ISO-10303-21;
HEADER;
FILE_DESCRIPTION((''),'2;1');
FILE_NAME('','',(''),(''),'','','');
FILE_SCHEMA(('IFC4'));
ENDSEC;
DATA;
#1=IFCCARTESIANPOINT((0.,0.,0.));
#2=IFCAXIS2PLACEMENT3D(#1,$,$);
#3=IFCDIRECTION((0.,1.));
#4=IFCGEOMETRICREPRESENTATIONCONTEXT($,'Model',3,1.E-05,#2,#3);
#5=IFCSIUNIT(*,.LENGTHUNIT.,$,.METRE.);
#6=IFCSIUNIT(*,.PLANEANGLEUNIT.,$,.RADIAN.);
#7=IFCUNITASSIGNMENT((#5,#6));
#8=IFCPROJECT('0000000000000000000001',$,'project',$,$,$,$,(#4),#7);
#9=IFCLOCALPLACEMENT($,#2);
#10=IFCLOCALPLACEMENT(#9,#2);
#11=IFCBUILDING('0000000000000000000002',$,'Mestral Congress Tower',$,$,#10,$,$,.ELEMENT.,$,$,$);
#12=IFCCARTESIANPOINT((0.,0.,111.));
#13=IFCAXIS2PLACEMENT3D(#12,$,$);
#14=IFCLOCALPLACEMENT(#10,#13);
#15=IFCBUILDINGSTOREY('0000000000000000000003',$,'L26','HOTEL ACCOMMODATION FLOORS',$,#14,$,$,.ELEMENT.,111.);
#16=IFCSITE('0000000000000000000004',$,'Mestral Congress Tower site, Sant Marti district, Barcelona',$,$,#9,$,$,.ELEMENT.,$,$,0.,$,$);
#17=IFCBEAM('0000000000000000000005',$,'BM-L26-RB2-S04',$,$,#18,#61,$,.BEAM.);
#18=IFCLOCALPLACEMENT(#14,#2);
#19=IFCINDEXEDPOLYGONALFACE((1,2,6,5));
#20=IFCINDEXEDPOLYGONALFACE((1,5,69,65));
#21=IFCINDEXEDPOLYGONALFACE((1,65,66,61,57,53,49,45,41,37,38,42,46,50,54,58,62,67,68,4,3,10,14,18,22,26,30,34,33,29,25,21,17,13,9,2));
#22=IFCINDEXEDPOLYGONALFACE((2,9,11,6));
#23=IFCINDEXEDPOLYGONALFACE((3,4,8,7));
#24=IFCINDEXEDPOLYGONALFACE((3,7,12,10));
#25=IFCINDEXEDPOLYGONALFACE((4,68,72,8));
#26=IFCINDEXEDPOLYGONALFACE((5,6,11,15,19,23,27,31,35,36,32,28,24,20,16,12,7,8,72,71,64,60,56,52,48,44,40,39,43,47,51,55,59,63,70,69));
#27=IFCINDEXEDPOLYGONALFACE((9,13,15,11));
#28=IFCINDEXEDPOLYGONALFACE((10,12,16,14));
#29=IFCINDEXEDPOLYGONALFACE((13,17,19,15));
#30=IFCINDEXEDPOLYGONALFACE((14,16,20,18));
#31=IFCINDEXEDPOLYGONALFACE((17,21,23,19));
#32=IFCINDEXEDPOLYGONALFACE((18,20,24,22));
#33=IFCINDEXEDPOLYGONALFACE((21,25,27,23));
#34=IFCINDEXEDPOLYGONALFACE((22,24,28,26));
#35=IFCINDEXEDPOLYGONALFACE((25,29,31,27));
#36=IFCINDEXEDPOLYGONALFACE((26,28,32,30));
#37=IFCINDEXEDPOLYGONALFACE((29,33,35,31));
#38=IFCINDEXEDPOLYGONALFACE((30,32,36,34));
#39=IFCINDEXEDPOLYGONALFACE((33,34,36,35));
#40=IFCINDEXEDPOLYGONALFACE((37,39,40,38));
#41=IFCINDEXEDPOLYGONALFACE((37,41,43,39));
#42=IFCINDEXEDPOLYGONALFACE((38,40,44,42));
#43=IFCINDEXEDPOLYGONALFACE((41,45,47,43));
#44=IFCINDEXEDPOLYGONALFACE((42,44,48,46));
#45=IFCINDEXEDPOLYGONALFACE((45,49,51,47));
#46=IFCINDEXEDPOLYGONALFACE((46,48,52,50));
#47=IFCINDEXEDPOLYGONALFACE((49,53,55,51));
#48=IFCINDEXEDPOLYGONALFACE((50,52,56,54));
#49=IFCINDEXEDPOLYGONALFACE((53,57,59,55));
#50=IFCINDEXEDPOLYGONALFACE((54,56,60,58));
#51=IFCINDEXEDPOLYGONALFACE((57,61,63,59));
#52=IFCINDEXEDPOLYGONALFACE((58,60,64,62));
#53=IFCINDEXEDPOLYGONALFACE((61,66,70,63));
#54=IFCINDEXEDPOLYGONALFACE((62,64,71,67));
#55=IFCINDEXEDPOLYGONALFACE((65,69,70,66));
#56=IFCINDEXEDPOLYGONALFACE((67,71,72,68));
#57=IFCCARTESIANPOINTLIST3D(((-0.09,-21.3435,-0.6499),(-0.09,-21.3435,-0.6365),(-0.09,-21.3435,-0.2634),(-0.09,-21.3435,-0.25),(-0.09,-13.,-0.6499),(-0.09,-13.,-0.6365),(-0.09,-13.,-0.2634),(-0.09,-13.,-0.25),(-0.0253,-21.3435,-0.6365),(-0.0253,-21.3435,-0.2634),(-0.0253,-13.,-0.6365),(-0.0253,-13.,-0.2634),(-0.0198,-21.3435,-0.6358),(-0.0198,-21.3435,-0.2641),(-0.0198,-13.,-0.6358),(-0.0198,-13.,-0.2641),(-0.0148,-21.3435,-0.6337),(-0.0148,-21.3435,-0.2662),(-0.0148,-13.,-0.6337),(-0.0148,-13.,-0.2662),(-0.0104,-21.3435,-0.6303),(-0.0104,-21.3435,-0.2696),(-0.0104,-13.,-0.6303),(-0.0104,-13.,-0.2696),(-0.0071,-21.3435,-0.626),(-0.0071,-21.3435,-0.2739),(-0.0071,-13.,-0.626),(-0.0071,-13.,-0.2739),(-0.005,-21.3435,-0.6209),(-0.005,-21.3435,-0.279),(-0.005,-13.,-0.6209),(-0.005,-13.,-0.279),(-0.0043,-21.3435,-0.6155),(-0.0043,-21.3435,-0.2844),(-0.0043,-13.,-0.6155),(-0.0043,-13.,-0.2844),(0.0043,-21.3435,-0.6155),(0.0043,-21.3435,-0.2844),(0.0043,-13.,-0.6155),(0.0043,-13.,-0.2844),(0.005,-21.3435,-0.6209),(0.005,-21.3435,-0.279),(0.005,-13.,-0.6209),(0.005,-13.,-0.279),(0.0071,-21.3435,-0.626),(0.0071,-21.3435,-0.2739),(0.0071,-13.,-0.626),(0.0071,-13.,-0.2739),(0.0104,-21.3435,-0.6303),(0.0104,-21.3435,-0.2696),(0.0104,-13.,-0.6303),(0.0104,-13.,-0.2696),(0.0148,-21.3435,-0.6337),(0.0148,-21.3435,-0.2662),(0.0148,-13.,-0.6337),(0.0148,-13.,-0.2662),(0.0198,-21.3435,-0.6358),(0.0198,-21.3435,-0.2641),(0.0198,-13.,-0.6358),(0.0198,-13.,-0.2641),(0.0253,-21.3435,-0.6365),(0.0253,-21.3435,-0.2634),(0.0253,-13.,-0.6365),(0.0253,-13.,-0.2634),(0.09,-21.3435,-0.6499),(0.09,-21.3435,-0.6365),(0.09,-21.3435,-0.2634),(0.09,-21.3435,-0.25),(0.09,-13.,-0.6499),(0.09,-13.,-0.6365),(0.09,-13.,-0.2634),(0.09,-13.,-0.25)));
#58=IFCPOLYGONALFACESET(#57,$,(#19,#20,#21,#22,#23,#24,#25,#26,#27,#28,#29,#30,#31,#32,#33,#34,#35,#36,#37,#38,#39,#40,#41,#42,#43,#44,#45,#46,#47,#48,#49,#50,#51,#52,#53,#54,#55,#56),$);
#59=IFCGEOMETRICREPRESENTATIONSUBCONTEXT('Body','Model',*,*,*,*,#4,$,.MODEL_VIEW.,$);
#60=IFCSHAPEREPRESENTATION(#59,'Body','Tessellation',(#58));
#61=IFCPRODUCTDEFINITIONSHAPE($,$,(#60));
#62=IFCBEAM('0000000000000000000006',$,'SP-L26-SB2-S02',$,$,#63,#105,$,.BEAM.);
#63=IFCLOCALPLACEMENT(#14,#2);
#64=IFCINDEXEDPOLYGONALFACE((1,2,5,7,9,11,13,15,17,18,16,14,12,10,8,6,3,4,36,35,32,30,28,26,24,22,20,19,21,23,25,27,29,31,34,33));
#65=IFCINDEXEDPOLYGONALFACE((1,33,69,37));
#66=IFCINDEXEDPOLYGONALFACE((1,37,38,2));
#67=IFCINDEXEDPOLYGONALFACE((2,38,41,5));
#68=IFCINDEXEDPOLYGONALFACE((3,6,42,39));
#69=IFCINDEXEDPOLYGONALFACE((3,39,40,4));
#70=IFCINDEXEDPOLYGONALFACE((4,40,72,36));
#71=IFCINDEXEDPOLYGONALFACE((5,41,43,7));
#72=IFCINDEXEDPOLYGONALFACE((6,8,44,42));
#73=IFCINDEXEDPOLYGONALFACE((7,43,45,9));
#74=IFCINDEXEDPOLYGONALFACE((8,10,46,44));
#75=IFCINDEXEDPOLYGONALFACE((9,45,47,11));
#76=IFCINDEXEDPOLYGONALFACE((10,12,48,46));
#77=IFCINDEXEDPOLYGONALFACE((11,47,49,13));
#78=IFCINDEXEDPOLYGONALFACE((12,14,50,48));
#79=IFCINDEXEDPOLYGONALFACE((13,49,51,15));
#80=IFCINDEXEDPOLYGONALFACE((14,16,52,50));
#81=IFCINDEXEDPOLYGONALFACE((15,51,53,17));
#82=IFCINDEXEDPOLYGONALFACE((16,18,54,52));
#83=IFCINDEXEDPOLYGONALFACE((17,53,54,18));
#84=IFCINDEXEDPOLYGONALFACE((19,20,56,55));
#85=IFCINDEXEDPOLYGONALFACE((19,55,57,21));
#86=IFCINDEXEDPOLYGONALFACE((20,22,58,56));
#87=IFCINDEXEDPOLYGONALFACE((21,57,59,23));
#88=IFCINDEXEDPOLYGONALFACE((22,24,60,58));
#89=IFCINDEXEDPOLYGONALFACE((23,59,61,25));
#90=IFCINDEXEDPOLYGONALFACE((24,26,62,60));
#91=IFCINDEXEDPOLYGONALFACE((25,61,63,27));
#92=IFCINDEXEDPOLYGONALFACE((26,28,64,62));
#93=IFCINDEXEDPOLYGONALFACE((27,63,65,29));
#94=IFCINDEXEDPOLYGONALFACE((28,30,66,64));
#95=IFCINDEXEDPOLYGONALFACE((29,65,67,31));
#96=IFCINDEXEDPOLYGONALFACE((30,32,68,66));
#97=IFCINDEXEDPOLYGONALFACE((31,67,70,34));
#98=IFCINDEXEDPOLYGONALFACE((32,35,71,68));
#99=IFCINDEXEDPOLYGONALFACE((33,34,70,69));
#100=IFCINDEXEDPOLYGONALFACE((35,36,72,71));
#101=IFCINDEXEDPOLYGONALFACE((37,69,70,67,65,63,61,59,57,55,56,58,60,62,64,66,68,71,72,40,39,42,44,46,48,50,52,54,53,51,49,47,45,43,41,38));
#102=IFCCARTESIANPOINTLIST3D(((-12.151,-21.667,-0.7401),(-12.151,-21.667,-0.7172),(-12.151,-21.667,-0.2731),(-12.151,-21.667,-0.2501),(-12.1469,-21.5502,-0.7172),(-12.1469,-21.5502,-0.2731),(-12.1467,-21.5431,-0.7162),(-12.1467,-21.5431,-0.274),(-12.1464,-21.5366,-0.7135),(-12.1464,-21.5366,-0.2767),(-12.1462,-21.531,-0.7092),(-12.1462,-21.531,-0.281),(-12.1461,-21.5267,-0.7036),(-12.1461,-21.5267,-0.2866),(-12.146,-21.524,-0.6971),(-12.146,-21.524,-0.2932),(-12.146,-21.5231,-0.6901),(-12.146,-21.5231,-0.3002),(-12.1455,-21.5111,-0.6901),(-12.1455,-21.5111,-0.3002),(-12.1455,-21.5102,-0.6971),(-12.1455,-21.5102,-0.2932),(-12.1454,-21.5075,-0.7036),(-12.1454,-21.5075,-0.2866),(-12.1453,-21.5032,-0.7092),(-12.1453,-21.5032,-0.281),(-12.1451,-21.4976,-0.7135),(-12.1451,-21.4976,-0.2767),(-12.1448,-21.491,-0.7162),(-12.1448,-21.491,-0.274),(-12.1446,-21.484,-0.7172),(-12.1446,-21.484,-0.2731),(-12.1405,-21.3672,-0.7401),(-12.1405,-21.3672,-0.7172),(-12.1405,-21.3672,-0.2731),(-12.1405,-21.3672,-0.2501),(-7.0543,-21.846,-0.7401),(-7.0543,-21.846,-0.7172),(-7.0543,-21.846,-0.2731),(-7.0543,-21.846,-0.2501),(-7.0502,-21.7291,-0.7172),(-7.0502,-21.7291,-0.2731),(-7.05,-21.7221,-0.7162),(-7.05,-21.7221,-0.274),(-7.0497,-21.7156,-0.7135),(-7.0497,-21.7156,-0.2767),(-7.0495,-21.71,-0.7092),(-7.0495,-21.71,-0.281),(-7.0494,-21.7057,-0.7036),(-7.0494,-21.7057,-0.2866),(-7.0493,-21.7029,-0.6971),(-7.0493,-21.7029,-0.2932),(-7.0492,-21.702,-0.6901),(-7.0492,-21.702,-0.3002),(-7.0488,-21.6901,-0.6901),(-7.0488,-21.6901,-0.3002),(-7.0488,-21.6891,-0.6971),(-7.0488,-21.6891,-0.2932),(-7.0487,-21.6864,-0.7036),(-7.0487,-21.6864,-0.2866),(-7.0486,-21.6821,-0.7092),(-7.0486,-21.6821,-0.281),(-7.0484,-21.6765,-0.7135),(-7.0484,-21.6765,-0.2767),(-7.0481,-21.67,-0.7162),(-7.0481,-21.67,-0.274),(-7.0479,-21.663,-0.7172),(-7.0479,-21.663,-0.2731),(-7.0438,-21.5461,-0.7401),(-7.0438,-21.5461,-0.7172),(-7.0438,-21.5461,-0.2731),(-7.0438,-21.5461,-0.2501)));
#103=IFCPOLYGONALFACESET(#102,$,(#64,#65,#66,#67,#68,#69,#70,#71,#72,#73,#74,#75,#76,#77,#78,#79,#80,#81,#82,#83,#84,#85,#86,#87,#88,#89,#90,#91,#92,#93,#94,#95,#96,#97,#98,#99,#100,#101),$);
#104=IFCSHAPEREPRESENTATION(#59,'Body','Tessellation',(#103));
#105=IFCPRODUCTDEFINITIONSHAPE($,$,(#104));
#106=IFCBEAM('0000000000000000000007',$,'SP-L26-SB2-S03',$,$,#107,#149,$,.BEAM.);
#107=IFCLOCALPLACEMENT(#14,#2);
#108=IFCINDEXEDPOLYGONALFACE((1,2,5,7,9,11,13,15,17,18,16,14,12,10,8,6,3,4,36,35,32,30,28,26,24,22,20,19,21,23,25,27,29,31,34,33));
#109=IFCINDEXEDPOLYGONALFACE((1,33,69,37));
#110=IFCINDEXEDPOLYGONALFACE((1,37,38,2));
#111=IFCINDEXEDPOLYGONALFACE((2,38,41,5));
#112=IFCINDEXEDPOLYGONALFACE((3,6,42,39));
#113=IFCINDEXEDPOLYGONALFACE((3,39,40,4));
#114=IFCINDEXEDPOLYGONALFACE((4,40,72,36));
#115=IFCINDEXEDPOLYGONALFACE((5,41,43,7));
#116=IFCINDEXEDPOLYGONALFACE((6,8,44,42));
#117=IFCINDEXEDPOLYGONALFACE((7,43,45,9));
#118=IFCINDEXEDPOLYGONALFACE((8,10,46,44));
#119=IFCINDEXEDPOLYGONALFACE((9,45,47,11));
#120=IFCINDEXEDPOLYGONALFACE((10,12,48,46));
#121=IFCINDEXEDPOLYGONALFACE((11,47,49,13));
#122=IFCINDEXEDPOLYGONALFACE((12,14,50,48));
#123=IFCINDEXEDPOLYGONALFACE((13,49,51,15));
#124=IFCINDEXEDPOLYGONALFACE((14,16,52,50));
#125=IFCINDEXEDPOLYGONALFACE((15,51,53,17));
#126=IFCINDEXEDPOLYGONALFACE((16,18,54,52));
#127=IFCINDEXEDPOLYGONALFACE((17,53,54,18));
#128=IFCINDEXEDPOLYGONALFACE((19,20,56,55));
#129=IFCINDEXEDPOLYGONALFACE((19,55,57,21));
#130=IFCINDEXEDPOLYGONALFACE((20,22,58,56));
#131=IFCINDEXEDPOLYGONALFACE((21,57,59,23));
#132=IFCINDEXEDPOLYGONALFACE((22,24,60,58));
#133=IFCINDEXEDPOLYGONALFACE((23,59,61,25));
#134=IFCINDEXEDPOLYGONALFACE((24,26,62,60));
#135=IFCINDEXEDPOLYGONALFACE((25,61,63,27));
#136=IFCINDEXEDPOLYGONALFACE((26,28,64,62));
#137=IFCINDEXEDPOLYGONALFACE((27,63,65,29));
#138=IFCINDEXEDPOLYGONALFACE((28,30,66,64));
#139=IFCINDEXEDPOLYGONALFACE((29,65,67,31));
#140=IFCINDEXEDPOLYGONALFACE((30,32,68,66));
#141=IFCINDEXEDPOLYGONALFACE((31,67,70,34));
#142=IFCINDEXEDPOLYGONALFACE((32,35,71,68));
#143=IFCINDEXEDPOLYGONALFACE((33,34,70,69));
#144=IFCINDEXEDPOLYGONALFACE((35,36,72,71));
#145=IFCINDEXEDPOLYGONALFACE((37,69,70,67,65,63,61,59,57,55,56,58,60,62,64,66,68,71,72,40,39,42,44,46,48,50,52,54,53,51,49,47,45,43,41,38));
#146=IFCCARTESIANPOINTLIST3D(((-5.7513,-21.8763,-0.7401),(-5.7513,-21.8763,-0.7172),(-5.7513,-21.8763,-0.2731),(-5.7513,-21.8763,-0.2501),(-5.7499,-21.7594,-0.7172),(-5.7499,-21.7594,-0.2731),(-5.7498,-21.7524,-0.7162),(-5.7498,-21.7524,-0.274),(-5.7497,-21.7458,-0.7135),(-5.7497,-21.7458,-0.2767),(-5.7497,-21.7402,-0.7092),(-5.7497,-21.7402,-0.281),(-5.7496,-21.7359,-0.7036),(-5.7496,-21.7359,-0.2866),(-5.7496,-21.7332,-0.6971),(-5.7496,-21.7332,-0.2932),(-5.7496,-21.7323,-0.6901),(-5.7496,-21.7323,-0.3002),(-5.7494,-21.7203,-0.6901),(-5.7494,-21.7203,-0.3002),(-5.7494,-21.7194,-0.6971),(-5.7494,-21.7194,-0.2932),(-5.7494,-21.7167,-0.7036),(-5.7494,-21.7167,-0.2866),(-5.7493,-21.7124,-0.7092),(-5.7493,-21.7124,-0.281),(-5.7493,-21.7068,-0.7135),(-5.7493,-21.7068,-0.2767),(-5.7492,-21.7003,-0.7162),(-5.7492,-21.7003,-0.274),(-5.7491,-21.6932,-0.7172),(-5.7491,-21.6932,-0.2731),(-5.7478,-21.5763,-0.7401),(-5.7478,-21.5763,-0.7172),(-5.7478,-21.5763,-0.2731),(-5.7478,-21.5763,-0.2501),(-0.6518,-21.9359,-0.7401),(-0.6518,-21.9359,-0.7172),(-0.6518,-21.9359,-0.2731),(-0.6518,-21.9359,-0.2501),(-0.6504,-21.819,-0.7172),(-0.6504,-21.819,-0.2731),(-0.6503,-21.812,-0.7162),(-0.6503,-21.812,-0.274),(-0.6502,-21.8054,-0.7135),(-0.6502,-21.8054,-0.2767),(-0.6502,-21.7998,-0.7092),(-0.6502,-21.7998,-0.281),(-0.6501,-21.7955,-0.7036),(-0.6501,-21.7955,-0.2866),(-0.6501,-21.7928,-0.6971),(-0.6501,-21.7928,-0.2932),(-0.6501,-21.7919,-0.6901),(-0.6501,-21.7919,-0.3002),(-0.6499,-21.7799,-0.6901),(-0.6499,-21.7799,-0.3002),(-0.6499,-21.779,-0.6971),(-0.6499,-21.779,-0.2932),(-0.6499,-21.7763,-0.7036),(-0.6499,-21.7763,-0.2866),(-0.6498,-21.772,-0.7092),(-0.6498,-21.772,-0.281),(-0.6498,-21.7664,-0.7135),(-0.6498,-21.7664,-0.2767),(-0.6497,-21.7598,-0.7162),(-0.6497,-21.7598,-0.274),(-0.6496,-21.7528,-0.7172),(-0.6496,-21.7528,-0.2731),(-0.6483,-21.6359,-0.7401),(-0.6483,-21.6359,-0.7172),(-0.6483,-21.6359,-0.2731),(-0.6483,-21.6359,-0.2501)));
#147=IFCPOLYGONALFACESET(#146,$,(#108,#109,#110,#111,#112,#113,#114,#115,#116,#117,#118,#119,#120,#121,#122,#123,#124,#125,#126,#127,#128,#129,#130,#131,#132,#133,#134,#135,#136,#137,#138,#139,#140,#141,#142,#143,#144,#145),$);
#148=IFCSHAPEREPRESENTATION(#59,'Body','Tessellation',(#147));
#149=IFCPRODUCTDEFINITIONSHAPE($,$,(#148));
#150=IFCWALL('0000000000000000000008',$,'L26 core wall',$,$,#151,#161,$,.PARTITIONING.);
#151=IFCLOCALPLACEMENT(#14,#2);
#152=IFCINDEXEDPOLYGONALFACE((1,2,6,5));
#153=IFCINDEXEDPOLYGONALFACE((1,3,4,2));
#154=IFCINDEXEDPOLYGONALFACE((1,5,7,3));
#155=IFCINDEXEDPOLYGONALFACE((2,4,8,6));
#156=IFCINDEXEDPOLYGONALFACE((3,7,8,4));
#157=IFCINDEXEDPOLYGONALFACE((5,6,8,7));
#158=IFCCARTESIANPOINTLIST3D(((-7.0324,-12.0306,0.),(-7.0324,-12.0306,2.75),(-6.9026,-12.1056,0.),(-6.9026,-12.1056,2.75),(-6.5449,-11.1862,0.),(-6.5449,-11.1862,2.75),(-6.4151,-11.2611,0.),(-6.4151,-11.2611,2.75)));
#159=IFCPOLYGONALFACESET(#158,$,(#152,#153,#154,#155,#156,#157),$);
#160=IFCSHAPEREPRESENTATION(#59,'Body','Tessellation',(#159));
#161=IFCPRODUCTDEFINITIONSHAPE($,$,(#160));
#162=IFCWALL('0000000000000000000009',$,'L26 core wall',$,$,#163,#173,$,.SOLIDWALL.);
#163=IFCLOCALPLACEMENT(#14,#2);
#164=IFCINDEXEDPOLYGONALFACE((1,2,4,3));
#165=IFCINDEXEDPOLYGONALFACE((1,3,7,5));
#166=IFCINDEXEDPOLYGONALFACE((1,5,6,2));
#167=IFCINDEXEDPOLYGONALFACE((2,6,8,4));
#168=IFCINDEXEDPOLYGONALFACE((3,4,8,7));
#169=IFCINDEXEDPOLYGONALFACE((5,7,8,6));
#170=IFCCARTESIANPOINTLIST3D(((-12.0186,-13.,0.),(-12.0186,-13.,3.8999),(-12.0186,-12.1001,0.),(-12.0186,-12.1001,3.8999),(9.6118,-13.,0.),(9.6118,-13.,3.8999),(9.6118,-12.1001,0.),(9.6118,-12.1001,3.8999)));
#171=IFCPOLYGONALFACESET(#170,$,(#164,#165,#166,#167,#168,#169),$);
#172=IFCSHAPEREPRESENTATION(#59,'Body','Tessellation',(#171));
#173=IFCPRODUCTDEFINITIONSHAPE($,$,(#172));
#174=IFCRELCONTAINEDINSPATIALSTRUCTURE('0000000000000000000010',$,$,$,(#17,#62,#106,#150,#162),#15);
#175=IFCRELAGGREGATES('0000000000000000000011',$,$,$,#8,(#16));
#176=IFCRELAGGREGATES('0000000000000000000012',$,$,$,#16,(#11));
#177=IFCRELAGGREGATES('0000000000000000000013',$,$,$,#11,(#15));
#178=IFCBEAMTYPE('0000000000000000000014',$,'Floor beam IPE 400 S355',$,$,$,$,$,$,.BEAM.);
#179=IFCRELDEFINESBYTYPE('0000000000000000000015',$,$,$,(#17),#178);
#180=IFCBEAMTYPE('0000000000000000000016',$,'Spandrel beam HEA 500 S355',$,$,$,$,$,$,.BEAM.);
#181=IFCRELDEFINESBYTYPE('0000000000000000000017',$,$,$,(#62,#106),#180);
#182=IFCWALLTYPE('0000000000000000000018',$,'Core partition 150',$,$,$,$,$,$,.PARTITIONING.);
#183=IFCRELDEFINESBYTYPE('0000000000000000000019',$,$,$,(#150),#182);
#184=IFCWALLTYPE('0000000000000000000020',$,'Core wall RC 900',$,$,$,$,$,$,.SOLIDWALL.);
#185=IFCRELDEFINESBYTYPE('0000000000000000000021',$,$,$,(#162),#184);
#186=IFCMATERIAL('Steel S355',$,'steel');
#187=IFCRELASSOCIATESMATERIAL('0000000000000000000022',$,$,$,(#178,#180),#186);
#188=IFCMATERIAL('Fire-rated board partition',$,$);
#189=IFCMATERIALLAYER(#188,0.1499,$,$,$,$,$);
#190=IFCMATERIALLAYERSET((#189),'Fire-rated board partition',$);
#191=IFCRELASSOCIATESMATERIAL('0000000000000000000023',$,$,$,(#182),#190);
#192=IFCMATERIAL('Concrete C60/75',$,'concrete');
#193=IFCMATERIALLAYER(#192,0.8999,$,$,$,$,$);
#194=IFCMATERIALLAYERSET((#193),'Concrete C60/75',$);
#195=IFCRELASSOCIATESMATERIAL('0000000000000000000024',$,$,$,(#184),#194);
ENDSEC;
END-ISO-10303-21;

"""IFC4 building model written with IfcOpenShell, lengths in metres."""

from ifc_helpers import new_model, si_unit, direction, frame, frame_2d, origin, origin_2d, place, context, subcontext, project, spatial, rectangle, i_section, extrude, material, layer, layer_set, material_profile, profile_set, type_object, element, save


model = new_model("IFC4")

# Units and contexts
model_context = context("Model", 3, precision=1e-05, world=origin(), true_north=direction((0.0, 1.0)))
body_context = subcontext(model_context, "Body", "Model", "MODEL_VIEW")
ifc_project = project(units=[si_unit("LENGTHUNIT", "METRE"), si_unit("PLANEANGLEUNIT", "RADIAN")], contexts=[model_context])

# Site, building, storey
site_placement = place(None, origin())
site = spatial("IfcSite", under=ifc_project, at=site_placement, Name="Mestral Congress Tower site, Sant Marti district, Barcelona", CompositionType="ELEMENT", RefElevation=0.0)
building_placement = place(site_placement, origin())
building = spatial("IfcBuilding", under=site, at=building_placement, Name="Mestral Congress Tower", CompositionType="ELEMENT")
storey_placement = place(building_placement, frame((0.0, 0.0, 111.0)))
storey = spatial("IfcBuildingStorey", under=building, at=storey_placement, Name="L26", Description="HOTEL ACCOMMODATION FLOORS", CompositionType="ELEMENT", Elevation=111.0)

# Beams
ifc_material_1 = material(Name="Steel S355", Category="steel")
ifc_material_profile_1 = material_profile(ifc_material_1, i_section(OverallWidth=0.1799, OverallDepth=0.3999, WebThickness=0.0085, FlangeThickness=0.0134, FilletRadius=0.021, at=origin_2d()), Name="IPE 400")
ifc_profile_set_1 = profile_set([ifc_material_profile_1], Name="Steel S355")
beam_type_1 = type_object("IfcBeamType", Name="Floor beam IPE 400 S355", PredefinedType="BEAM", material=ifc_profile_set_1)
beam_1_placement = place(storey_placement, frame((0.0, -21.3435, -0.45), z_axis=(0.0, 1.0, 0.0), x_axis=(-1.0, 0.0, 0.0)))
element("IfcBeam", 1, at=beam_1_placement, inside=storey, type_object=beam_type_1, Name="BM-L26-RB2-S04", PredefinedType="BEAM", context=body_context, shape_type="SweptSolid", body=[
    extrude(i_section(OverallWidth=0.1799, OverallDepth=0.3999, WebThickness=0.0085, FlangeThickness=0.0134, FilletRadius=0.021, at=origin_2d()), origin(), (0.0, 0.0, 1.0), 8.3435),
])
ifc_material_profile_2 = material_profile(ifc_material_1, i_section(OverallWidth=0.3, OverallDepth=0.49, WebThickness=0.012, FlangeThickness=0.0229, FilletRadius=0.0271, at=origin_2d()), Name="HEA 500")
ifc_profile_set_2 = profile_set([ifc_material_profile_2], Name="Steel S355")
beam_type_2 = type_object("IfcBeamType", Name="Spandrel beam HEA 500 S355", PredefinedType="BEAM", material=ifc_profile_set_2)
for number, where, z_axis, x_axis, name in (
    (2, (-12.1458, -21.5171, -0.4951), (0.999384, -0.03509, 0.0), (0.03509, 0.999384, 0.0), "SP-L26-SB2-S02"),
    (3, (-5.7495, -21.7263, -0.4951), (0.999932, -0.011681, 0.0), (0.011681, 0.999932, 0.0), "SP-L26-SB2-S03"),
):
    element("IfcBeam", number, at=place(storey_placement, frame(where, z_axis=z_axis, x_axis=x_axis)), inside=storey, type_object=beam_type_2, Name=name, PredefinedType="BEAM", context=body_context, shape_type="SweptSolid", body=[
        extrude(i_section(OverallWidth=0.3, OverallDepth=0.49, WebThickness=0.012, FlangeThickness=0.0229, FilletRadius=0.0271, at=origin_2d()), origin(), (0.0, 0.0, 1.0), 5.0999),
    ])

# Walls
ifc_material_2 = material(Name="Fire-rated board partition")
ifc_layer_1 = layer(ifc_material_2, 0.1499)
ifc_layer_set_1 = layer_set([ifc_layer_1], Name="Fire-rated board partition")
wall_type_1 = type_object("IfcWallType", Name="Core partition 150", PredefinedType="PARTITIONING", material=ifc_layer_set_1)
wall_1_placement = place(storey_placement, frame((-6.9675, -12.0681, 0.0), z_axis=(0.0, 0.0, 1.0), x_axis=(0.49999, 0.866031, 0.0)))
element("IfcWall", 4, at=wall_1_placement, inside=storey, type_object=wall_type_1, Name="L26 core wall", PredefinedType="PARTITIONING", context=body_context, shape_type="SweptSolid", body=[
    extrude(rectangle(XDim=0.9751, YDim=0.1499, at=frame_2d((0.4875, 0.0))), origin(), (0.0, 0.0, 1.0), 2.75),
])
ifc_material_3 = material(Name="Concrete C60/75", Category="concrete")
ifc_layer_2 = layer(ifc_material_3, 0.8999)
ifc_layer_set_2 = layer_set([ifc_layer_2], Name="Concrete C60/75")
wall_type_2 = type_object("IfcWallType", Name="Core wall RC 900", PredefinedType="SOLIDWALL", material=ifc_layer_set_2)
wall_2_placement = place(storey_placement, frame((-12.0186, -12.55, 0.0), z_axis=(0.0, 0.0, 1.0), x_axis=(1.0, 0.0, 0.0)))
element("IfcWall", 5, at=wall_2_placement, inside=storey, type_object=wall_type_2, Name="L26 core wall", PredefinedType="SOLIDWALL", context=body_context, shape_type="SweptSolid", body=[
    extrude(rectangle(XDim=21.6304, YDim=0.8999, at=frame_2d((10.8152, 0.0))), origin(), (0.0, 0.0, 1.0), 3.8999),
])

save(model, "model.ifc")
